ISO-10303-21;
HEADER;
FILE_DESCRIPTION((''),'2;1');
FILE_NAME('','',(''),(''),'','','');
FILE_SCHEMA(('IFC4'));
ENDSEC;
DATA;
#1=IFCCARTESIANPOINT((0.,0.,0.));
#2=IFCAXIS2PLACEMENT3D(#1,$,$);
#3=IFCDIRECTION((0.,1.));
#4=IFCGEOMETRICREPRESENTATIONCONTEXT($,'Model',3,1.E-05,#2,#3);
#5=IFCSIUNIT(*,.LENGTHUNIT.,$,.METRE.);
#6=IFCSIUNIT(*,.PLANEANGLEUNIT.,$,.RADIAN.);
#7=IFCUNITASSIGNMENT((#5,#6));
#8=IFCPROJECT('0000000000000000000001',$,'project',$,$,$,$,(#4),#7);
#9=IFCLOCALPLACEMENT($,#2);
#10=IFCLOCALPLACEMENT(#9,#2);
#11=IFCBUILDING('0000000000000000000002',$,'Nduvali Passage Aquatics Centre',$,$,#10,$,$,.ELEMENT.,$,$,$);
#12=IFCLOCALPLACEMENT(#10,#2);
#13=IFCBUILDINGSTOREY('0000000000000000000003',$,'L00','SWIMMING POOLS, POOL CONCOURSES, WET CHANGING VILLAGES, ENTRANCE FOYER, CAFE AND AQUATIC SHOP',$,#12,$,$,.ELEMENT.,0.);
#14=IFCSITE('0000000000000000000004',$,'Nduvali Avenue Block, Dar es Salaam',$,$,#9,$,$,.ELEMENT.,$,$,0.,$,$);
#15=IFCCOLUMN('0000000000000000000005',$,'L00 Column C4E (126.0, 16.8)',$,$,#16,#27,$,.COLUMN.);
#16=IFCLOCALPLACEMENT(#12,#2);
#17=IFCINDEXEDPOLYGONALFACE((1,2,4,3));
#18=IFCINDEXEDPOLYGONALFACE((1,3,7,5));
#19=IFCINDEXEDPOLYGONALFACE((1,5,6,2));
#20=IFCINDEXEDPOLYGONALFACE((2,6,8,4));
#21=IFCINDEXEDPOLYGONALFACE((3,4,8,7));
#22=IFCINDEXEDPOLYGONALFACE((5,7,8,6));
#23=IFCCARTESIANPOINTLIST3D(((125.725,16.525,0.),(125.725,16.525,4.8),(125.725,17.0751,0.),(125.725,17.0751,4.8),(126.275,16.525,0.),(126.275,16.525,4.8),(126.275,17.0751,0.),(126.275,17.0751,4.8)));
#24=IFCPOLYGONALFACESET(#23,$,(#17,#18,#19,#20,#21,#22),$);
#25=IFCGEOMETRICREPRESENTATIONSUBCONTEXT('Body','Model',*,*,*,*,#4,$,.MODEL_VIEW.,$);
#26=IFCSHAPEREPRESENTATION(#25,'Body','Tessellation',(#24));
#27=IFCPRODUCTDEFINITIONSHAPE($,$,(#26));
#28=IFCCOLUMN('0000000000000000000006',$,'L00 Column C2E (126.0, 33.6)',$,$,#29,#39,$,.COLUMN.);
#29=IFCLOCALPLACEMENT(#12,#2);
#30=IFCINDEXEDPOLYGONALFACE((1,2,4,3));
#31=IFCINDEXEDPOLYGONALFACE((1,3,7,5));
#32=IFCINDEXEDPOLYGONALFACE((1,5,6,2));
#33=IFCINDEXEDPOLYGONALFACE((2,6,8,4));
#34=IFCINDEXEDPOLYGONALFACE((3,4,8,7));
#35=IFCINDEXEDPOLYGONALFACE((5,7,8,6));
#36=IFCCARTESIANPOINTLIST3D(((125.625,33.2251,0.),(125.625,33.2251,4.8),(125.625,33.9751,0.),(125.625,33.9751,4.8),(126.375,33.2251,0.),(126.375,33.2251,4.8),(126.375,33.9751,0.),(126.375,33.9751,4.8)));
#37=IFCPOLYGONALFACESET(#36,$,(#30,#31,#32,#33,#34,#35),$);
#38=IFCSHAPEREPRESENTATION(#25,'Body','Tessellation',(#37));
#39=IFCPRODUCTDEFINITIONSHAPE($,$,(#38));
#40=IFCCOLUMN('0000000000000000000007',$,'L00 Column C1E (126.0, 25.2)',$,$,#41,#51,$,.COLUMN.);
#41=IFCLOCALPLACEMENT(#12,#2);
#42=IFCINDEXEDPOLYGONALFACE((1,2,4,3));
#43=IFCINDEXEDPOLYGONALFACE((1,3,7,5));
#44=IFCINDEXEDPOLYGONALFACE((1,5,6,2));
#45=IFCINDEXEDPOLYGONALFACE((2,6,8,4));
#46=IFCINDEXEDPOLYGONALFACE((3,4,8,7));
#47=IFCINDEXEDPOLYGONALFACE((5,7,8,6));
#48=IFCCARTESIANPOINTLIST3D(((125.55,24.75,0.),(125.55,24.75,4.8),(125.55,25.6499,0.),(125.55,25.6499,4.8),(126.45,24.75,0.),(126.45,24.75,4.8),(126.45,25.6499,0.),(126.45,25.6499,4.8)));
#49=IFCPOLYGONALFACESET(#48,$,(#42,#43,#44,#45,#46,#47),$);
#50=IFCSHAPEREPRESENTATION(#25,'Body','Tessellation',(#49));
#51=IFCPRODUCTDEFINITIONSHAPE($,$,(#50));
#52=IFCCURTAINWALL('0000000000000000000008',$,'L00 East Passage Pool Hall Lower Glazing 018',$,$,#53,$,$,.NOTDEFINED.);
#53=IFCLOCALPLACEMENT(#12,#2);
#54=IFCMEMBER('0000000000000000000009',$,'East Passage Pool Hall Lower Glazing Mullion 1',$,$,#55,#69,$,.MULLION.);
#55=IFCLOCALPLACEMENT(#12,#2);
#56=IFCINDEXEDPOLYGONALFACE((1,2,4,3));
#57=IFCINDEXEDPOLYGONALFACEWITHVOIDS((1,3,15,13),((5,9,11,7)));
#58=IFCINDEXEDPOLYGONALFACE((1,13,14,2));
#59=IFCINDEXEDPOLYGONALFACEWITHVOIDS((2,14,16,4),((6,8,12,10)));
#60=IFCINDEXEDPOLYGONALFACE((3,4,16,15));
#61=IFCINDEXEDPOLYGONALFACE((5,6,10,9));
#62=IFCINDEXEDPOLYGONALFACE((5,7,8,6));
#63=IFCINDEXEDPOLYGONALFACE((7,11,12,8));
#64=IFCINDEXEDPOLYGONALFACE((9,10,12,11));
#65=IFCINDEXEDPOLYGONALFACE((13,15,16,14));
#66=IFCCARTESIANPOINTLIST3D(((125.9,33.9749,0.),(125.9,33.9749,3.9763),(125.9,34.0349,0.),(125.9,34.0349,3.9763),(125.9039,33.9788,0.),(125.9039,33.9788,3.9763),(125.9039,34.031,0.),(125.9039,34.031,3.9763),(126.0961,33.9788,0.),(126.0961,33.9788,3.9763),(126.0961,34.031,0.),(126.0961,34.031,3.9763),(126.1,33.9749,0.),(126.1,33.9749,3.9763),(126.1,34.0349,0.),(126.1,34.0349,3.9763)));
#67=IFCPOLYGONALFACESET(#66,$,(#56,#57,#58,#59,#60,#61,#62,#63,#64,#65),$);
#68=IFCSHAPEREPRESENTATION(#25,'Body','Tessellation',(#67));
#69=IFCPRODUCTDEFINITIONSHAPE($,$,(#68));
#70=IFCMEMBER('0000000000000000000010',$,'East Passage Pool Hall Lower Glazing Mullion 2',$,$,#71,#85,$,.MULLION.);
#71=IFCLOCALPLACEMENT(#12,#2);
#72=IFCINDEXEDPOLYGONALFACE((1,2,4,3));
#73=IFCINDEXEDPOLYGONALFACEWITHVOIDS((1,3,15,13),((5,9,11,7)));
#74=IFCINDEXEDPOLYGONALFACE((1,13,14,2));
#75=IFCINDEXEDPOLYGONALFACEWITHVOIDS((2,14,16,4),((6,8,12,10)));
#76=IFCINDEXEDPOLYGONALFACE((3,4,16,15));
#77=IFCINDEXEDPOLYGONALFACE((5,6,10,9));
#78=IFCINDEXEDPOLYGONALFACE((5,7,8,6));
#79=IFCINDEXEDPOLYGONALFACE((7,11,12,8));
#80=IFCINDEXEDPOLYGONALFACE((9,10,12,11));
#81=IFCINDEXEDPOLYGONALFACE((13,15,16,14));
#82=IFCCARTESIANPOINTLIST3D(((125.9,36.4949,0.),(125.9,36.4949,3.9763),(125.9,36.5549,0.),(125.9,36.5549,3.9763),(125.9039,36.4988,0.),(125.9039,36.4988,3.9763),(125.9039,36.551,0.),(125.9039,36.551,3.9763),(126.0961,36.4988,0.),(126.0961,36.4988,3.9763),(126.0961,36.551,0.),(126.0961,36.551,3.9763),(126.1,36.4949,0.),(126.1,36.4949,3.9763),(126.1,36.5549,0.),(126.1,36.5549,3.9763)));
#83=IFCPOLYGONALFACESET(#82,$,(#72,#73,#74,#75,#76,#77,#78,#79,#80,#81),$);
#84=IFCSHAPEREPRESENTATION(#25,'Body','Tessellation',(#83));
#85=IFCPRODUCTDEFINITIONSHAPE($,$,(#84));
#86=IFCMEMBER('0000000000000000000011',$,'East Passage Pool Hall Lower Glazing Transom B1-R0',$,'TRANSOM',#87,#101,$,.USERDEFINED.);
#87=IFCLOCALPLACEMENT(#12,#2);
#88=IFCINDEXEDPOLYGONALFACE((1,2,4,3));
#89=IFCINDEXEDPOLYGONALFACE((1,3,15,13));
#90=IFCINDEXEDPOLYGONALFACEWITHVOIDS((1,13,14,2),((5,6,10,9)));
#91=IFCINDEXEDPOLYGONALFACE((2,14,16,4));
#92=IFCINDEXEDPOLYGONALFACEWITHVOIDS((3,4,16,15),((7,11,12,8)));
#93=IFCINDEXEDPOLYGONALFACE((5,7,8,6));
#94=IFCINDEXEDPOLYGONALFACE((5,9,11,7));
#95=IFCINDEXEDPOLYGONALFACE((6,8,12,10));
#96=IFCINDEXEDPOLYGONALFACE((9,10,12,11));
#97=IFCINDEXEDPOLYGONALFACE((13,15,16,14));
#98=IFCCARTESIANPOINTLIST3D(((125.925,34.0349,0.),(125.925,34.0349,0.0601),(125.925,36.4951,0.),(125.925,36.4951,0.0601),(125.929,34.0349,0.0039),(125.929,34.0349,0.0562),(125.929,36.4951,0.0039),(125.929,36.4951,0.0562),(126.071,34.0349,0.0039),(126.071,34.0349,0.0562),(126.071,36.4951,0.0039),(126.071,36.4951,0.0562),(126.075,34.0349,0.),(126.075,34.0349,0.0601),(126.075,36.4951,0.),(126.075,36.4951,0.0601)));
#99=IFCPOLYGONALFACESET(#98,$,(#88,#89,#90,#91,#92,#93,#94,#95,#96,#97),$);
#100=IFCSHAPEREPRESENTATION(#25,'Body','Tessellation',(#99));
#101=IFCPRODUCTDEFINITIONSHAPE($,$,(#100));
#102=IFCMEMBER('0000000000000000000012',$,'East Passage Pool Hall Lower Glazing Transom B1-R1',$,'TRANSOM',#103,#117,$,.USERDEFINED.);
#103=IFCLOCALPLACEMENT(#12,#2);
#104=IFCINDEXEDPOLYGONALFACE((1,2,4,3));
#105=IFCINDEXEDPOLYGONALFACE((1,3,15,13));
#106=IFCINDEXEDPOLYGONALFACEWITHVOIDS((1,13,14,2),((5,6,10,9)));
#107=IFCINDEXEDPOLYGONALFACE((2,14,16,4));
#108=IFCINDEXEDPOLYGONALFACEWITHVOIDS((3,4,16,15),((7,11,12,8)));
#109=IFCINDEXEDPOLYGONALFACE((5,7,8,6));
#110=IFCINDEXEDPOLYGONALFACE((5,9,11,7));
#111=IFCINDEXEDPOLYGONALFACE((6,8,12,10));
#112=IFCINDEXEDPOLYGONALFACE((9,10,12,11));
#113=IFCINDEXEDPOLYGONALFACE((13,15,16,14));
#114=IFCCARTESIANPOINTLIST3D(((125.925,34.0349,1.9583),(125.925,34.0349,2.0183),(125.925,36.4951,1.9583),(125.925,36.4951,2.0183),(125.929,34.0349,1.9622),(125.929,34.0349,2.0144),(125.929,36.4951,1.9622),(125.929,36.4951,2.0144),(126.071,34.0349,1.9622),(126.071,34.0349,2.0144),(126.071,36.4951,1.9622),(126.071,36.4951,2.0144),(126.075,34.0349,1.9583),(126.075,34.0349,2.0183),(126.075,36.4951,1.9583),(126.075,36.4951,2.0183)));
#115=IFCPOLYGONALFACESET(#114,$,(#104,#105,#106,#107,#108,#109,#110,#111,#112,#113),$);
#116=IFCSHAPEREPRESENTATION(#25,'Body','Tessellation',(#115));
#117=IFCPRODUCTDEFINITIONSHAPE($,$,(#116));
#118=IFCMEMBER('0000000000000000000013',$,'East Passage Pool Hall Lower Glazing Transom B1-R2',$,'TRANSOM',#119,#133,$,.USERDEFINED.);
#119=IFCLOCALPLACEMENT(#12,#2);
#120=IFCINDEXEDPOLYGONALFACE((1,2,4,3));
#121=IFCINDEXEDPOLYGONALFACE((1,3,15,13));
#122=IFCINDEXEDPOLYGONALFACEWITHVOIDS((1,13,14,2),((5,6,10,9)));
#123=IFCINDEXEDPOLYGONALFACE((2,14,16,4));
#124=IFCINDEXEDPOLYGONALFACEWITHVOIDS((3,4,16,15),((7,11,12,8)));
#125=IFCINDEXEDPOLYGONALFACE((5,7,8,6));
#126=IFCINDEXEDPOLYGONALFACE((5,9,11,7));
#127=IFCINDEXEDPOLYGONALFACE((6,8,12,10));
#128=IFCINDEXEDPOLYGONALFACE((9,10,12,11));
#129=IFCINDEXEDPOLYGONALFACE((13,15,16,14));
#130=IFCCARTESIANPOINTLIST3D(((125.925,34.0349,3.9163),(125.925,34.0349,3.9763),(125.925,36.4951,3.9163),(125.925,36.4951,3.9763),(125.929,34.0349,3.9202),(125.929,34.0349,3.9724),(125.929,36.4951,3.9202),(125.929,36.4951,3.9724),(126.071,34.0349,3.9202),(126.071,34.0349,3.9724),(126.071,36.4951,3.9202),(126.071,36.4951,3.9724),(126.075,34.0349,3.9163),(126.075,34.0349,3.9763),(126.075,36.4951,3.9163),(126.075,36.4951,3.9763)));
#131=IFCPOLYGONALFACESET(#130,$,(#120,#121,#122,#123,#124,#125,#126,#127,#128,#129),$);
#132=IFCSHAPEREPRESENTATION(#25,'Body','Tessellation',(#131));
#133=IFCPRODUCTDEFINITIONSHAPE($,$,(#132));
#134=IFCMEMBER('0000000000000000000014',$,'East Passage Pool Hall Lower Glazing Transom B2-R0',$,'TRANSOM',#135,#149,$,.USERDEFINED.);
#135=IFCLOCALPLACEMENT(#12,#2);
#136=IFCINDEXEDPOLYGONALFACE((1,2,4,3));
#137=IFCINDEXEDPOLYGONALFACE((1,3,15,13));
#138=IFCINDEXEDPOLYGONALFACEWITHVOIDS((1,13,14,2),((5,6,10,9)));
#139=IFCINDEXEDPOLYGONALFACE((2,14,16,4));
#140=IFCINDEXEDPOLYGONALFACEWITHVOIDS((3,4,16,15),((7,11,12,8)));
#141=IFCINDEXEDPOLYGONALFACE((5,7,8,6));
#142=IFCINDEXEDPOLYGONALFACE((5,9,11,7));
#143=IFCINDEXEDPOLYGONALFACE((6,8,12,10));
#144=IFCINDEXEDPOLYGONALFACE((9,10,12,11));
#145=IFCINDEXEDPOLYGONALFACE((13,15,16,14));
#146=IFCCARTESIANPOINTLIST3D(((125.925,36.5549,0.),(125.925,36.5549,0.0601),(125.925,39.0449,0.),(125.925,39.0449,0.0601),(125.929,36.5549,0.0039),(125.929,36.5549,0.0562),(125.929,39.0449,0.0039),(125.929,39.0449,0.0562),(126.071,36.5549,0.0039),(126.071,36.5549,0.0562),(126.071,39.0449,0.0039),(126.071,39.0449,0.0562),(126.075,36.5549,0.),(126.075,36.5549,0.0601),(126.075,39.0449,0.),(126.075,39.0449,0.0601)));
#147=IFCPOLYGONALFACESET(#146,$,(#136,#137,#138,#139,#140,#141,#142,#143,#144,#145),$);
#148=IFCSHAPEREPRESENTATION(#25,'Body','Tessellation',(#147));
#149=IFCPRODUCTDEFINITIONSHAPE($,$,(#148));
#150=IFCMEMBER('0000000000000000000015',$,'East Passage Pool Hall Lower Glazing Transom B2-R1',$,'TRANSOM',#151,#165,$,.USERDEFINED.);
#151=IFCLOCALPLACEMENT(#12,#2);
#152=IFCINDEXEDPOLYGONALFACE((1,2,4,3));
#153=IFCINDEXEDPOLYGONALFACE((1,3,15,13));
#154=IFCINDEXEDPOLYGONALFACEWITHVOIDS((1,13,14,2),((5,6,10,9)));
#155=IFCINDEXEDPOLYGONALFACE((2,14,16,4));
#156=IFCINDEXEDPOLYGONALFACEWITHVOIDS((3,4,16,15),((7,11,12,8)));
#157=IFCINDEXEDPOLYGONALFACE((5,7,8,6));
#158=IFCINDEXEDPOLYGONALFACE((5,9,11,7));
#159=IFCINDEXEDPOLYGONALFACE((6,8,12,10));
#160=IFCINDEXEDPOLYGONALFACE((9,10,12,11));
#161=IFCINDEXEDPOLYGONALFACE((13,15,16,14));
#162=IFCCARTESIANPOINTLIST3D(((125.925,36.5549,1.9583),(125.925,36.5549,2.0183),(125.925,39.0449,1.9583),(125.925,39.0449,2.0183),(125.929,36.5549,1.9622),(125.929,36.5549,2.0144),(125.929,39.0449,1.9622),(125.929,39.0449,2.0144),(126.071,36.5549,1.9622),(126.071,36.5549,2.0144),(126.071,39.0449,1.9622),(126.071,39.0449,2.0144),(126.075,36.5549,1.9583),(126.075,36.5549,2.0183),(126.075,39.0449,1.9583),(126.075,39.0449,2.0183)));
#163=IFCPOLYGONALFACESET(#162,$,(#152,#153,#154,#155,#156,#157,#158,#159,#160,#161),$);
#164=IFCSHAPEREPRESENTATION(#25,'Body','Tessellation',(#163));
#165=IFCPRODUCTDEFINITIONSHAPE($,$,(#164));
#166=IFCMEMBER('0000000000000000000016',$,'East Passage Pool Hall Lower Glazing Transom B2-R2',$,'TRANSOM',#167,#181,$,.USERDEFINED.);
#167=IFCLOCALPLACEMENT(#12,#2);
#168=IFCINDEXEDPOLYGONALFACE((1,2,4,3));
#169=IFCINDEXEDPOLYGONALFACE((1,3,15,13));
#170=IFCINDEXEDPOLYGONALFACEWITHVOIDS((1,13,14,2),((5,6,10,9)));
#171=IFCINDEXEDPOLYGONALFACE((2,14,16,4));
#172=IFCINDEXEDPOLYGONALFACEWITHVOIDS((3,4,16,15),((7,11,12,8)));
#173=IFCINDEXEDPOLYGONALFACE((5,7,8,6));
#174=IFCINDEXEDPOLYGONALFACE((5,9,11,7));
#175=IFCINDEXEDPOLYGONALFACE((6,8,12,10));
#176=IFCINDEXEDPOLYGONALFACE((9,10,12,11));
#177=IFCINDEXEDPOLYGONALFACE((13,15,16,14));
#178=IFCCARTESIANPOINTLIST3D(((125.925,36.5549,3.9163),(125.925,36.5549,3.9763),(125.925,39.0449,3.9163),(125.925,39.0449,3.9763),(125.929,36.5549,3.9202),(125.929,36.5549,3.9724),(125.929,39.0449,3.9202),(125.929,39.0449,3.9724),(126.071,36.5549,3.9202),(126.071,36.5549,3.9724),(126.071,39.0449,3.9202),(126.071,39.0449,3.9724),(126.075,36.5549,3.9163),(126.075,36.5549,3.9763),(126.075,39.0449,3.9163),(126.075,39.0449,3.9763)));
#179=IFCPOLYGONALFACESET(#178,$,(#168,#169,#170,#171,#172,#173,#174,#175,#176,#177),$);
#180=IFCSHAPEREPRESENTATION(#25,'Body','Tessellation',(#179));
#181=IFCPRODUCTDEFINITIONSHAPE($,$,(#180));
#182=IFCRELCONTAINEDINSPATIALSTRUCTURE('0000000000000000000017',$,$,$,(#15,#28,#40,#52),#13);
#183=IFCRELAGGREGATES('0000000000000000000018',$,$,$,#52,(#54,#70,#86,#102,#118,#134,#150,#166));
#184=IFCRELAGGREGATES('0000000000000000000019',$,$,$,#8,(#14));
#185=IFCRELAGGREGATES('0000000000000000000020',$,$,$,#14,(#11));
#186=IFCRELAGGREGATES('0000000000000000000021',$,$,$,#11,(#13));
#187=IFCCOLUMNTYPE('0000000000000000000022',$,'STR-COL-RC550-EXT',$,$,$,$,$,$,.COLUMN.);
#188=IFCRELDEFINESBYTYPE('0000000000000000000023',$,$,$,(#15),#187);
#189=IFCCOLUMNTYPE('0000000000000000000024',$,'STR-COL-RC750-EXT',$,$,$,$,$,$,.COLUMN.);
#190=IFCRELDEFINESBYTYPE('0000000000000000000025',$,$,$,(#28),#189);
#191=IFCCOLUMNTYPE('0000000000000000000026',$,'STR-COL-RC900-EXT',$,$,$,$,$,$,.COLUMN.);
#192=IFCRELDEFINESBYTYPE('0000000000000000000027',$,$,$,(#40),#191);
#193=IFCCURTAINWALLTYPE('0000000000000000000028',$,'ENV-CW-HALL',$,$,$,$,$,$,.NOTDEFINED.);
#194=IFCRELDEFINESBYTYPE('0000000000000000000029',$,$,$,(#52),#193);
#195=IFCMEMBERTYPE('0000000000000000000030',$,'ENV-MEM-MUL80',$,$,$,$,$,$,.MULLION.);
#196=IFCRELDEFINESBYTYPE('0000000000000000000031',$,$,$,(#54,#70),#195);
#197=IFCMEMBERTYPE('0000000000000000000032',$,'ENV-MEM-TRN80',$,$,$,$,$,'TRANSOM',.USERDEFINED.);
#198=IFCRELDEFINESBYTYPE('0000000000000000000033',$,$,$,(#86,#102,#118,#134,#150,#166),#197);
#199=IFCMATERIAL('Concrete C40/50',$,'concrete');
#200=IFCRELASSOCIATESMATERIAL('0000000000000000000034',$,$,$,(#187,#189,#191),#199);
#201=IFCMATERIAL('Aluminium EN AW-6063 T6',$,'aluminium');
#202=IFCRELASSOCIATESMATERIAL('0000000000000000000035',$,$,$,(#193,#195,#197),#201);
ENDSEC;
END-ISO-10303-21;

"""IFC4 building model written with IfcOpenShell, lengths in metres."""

from ifc_helpers import new_model, si_unit, direction, frame, origin, origin_2d, place, context, subcontext, project, spatial, rectangle, hollow_rectangle, extrude, material, material_profile, profile_set, type_object, element, aggregate, save


model = new_model("IFC4")

# Units and contexts
model_context = context("Model", 3, precision=1e-05, world=origin(), true_north=direction((0.0, 1.0)))
body_context = subcontext(model_context, "Body", "Model", "MODEL_VIEW")
ifc_project = project(units=[si_unit("LENGTHUNIT", "METRE"), si_unit("PLANEANGLEUNIT", "RADIAN")], contexts=[model_context])

# Site, building, storey
site_placement = place(None, origin())
site = spatial("IfcSite", under=ifc_project, at=site_placement, Name="Nduvali Avenue Block, Dar es Salaam", CompositionType="ELEMENT", RefElevation=0.0)
building_placement = place(site_placement, origin())
building = spatial("IfcBuilding", under=site, at=building_placement, Name="Nduvali Passage Aquatics Centre", CompositionType="ELEMENT")
storey_placement = place(building_placement, origin())
storey = spatial("IfcBuildingStorey", under=building, at=storey_placement, Name="L00", Description="SWIMMING POOLS, POOL CONCOURSES, WET CHANGING VILLAGES, ENTRANCE FOYER, CAFE AND AQUATIC SHOP", CompositionType="ELEMENT", Elevation=0.0)

# Columns
ifc_material_1 = material(Name="Concrete C40/50", Category="concrete")
ifc_material_profile_1 = material_profile(ifc_material_1, rectangle(XDim=0.55, YDim=0.55, at=origin_2d()), Name="RC 550x550")
ifc_profile_set_1 = profile_set([ifc_material_profile_1], Name="Concrete C40/50")
column_type_1 = type_object("IfcColumnType", Name="STR-COL-RC550-EXT", PredefinedType="COLUMN", material=ifc_profile_set_1)
column_1_placement = place(storey_placement, frame((126.0, 16.8, 0.0), z_axis=(0.0, 0.0, 1.0), x_axis=(1.0, 0.0, 0.0)))
element("IfcColumn", 1, at=column_1_placement, inside=storey, type_object=column_type_1, Name="L00 Column C4E (126.0, 16.8)", PredefinedType="COLUMN", context=body_context, shape_type="SweptSolid", body=[
    extrude(rectangle(XDim=0.55, YDim=0.55, at=origin_2d()), origin(), (0.0, 0.0, 1.0), 4.8),
])
ifc_material_profile_2 = material_profile(ifc_material_1, rectangle(XDim=0.75, YDim=0.75, at=origin_2d()), Name="RC 750x750")
ifc_profile_set_2 = profile_set([ifc_material_profile_2], Name="Concrete C40/50")
column_type_2 = type_object("IfcColumnType", Name="STR-COL-RC750-EXT", PredefinedType="COLUMN", material=ifc_profile_set_2)
column_2_placement = place(storey_placement, frame((126.0, 33.6001, 0.0), z_axis=(0.0, 0.0, 1.0), x_axis=(1.0, 0.0, 0.0)))
element("IfcColumn", 2, at=column_2_placement, inside=storey, type_object=column_type_2, Name="L00 Column C2E (126.0, 33.6)", PredefinedType="COLUMN", context=body_context, shape_type="SweptSolid", body=[
    extrude(rectangle(XDim=0.75, YDim=0.75, at=origin_2d()), origin(), (0.0, 0.0, 1.0), 4.8),
])
ifc_material_profile_3 = material_profile(ifc_material_1, rectangle(XDim=0.8999, YDim=0.8999, at=origin_2d()), Name="RC 900x900")
ifc_profile_set_3 = profile_set([ifc_material_profile_3], Name="Concrete C40/50")
column_type_3 = type_object("IfcColumnType", Name="STR-COL-RC900-EXT", PredefinedType="COLUMN", material=ifc_profile_set_3)
column_3_placement = place(storey_placement, frame((126.0, 25.2, 0.0), z_axis=(0.0, 0.0, 1.0), x_axis=(1.0, 0.0, 0.0)))
element("IfcColumn", 3, at=column_3_placement, inside=storey, type_object=column_type_3, Name="L00 Column C1E (126.0, 25.2)", PredefinedType="COLUMN", context=body_context, shape_type="SweptSolid", body=[
    extrude(rectangle(XDim=0.8999, YDim=0.8999, at=origin_2d()), origin(), (0.0, 0.0, 1.0), 4.8),
])

# Curtain wall, members
ifc_material_2 = material(Name="Aluminium EN AW-6063 T6", Category="aluminium")
curtain_wall_type = type_object("IfcCurtainWallType", Name="ENV-CW-HALL", PredefinedType="NOTDEFINED", material=ifc_material_2)
curtain_wall_placement = place(storey_placement, origin())
curtain_wall = element("IfcCurtainWall", 4, at=curtain_wall_placement, inside=storey, type_object=curtain_wall_type, Name="L00 East Passage Pool Hall Lower Glazing 018", PredefinedType="NOTDEFINED")
ifc_material_profile_4 = material_profile(ifc_material_2, hollow_rectangle(XDim=0.0601, YDim=0.2, WallThickness=0.0039, at=origin_2d()), Name="ALU MULLION 60x200x4")
ifc_profile_set_4 = profile_set([ifc_material_profile_4], Name="Aluminium EN AW-6063 T6")
member_type_1 = type_object("IfcMemberType", Name="ENV-MEM-MUL80", PredefinedType="MULLION", material=ifc_profile_set_4)
member_1_placement = place(storey_placement, frame((126.0, 34.0049, 0.0), z_axis=(0.0, 0.0, 1.0), x_axis=(0.0, 1.0, 0.0)))
member_1 = element("IfcMember", 5, at=member_1_placement, type_object=member_type_1, Name="East Passage Pool Hall Lower Glazing Mullion 1", PredefinedType="MULLION", context=body_context, shape_type="SweptSolid", body=[
    extrude(hollow_rectangle(XDim=0.0601, YDim=0.2, WallThickness=0.0039, at=origin_2d()), origin(), (0.0, 0.0, 1.0), 3.9763),
])
member_2_placement = place(storey_placement, frame((126.0, 36.5249, 0.0), z_axis=(0.0, 0.0, 1.0), x_axis=(0.0, 1.0, 0.0)))
member_2 = element("IfcMember", 6, at=member_2_placement, type_object=member_type_1, Name="East Passage Pool Hall Lower Glazing Mullion 2", PredefinedType="MULLION", context=body_context, shape_type="SweptSolid", body=[
    extrude(hollow_rectangle(XDim=0.0601, YDim=0.2, WallThickness=0.0039, at=origin_2d()), origin(), (0.0, 0.0, 1.0), 3.9763),
])
ifc_material_profile_5 = material_profile(ifc_material_2, hollow_rectangle(XDim=0.1499, YDim=0.0601, WallThickness=0.0039, at=origin_2d()), Name="ALU TRANSOM 150x60x4")
ifc_profile_set_5 = profile_set([ifc_material_profile_5], Name="Aluminium EN AW-6063 T6")
member_type_2 = type_object("IfcMemberType", Name="ENV-MEM-TRN80", ElementType="TRANSOM", PredefinedType="USERDEFINED", material=ifc_profile_set_5)
member_3_placement = place(storey_placement, frame((126.0, 34.0349, 0.03), z_axis=(0.0, 1.0, 0.0), x_axis=(-1.0, 0.0, 0.0)))
member_3 = element("IfcMember", 7, at=member_3_placement, type_object=member_type_2, Name="East Passage Pool Hall Lower Glazing Transom B1-R0", ObjectType="TRANSOM", PredefinedType="USERDEFINED", context=body_context, shape_type="SweptSolid", body=[
    extrude(hollow_rectangle(XDim=0.1499, YDim=0.0601, WallThickness=0.0039, at=origin_2d()), origin(), (0.0, 0.0, 1.0), 2.4602),
])
member_4_placement = place(storey_placement, frame((126.0, 34.0349, 1.9883), z_axis=(0.0, 1.0, 0.0), x_axis=(-1.0, 0.0, 0.0)))
member_4 = element("IfcMember", 8, at=member_4_placement, type_object=member_type_2, Name="East Passage Pool Hall Lower Glazing Transom B1-R1", ObjectType="TRANSOM", PredefinedType="USERDEFINED", context=body_context, shape_type="SweptSolid", body=[
    extrude(hollow_rectangle(XDim=0.1499, YDim=0.0601, WallThickness=0.0039, at=origin_2d()), origin(), (0.0, 0.0, 1.0), 2.4602),
])
member_5_placement = place(storey_placement, frame((126.0, 34.0349, 3.9463), z_axis=(0.0, 1.0, 0.0), x_axis=(-1.0, 0.0, 0.0)))
member_5 = element("IfcMember", 9, at=member_5_placement, type_object=member_type_2, Name="East Passage Pool Hall Lower Glazing Transom B1-R2", ObjectType="TRANSOM", PredefinedType="USERDEFINED", context=body_context, shape_type="SweptSolid", body=[
    extrude(hollow_rectangle(XDim=0.1499, YDim=0.0601, WallThickness=0.0039, at=origin_2d()), origin(), (0.0, 0.0, 1.0), 2.4602),
])
member_6_placement = place(storey_placement, frame((126.0, 36.5549, 0.03), z_axis=(0.0, 1.0, 0.0), x_axis=(-1.0, 0.0, 0.0)))
member_6 = element("IfcMember", 10, at=member_6_placement, type_object=member_type_2, Name="East Passage Pool Hall Lower Glazing Transom B2-R0", ObjectType="TRANSOM", PredefinedType="USERDEFINED", context=body_context, shape_type="SweptSolid", body=[
    extrude(hollow_rectangle(XDim=0.1499, YDim=0.0601, WallThickness=0.0039, at=origin_2d()), origin(), (0.0, 0.0, 1.0), 2.49),
])
member_7_placement = place(storey_placement, frame((126.0, 36.5549, 1.9883), z_axis=(0.0, 1.0, 0.0), x_axis=(-1.0, 0.0, 0.0)))
member_7 = element("IfcMember", 11, at=member_7_placement, type_object=member_type_2, Name="East Passage Pool Hall Lower Glazing Transom B2-R1", ObjectType="TRANSOM", PredefinedType="USERDEFINED", context=body_context, shape_type="SweptSolid", body=[
    extrude(hollow_rectangle(XDim=0.1499, YDim=0.0601, WallThickness=0.0039, at=origin_2d()), origin(), (0.0, 0.0, 1.0), 2.49),
])
member_8_placement = place(storey_placement, frame((126.0, 36.5549, 3.9463), z_axis=(0.0, 1.0, 0.0), x_axis=(-1.0, 0.0, 0.0)))
member_8 = element("IfcMember", 12, at=member_8_placement, type_object=member_type_2, Name="East Passage Pool Hall Lower Glazing Transom B2-R2", ObjectType="TRANSOM", PredefinedType="USERDEFINED", context=body_context, shape_type="SweptSolid", body=[
    extrude(hollow_rectangle(XDim=0.1499, YDim=0.0601, WallThickness=0.0039, at=origin_2d()), origin(), (0.0, 0.0, 1.0), 2.49),
])

aggregate(curtain_wall, [member_1, member_2, member_3, member_4, member_5, member_6, member_7, member_8])

save(model, "model.ifc")
